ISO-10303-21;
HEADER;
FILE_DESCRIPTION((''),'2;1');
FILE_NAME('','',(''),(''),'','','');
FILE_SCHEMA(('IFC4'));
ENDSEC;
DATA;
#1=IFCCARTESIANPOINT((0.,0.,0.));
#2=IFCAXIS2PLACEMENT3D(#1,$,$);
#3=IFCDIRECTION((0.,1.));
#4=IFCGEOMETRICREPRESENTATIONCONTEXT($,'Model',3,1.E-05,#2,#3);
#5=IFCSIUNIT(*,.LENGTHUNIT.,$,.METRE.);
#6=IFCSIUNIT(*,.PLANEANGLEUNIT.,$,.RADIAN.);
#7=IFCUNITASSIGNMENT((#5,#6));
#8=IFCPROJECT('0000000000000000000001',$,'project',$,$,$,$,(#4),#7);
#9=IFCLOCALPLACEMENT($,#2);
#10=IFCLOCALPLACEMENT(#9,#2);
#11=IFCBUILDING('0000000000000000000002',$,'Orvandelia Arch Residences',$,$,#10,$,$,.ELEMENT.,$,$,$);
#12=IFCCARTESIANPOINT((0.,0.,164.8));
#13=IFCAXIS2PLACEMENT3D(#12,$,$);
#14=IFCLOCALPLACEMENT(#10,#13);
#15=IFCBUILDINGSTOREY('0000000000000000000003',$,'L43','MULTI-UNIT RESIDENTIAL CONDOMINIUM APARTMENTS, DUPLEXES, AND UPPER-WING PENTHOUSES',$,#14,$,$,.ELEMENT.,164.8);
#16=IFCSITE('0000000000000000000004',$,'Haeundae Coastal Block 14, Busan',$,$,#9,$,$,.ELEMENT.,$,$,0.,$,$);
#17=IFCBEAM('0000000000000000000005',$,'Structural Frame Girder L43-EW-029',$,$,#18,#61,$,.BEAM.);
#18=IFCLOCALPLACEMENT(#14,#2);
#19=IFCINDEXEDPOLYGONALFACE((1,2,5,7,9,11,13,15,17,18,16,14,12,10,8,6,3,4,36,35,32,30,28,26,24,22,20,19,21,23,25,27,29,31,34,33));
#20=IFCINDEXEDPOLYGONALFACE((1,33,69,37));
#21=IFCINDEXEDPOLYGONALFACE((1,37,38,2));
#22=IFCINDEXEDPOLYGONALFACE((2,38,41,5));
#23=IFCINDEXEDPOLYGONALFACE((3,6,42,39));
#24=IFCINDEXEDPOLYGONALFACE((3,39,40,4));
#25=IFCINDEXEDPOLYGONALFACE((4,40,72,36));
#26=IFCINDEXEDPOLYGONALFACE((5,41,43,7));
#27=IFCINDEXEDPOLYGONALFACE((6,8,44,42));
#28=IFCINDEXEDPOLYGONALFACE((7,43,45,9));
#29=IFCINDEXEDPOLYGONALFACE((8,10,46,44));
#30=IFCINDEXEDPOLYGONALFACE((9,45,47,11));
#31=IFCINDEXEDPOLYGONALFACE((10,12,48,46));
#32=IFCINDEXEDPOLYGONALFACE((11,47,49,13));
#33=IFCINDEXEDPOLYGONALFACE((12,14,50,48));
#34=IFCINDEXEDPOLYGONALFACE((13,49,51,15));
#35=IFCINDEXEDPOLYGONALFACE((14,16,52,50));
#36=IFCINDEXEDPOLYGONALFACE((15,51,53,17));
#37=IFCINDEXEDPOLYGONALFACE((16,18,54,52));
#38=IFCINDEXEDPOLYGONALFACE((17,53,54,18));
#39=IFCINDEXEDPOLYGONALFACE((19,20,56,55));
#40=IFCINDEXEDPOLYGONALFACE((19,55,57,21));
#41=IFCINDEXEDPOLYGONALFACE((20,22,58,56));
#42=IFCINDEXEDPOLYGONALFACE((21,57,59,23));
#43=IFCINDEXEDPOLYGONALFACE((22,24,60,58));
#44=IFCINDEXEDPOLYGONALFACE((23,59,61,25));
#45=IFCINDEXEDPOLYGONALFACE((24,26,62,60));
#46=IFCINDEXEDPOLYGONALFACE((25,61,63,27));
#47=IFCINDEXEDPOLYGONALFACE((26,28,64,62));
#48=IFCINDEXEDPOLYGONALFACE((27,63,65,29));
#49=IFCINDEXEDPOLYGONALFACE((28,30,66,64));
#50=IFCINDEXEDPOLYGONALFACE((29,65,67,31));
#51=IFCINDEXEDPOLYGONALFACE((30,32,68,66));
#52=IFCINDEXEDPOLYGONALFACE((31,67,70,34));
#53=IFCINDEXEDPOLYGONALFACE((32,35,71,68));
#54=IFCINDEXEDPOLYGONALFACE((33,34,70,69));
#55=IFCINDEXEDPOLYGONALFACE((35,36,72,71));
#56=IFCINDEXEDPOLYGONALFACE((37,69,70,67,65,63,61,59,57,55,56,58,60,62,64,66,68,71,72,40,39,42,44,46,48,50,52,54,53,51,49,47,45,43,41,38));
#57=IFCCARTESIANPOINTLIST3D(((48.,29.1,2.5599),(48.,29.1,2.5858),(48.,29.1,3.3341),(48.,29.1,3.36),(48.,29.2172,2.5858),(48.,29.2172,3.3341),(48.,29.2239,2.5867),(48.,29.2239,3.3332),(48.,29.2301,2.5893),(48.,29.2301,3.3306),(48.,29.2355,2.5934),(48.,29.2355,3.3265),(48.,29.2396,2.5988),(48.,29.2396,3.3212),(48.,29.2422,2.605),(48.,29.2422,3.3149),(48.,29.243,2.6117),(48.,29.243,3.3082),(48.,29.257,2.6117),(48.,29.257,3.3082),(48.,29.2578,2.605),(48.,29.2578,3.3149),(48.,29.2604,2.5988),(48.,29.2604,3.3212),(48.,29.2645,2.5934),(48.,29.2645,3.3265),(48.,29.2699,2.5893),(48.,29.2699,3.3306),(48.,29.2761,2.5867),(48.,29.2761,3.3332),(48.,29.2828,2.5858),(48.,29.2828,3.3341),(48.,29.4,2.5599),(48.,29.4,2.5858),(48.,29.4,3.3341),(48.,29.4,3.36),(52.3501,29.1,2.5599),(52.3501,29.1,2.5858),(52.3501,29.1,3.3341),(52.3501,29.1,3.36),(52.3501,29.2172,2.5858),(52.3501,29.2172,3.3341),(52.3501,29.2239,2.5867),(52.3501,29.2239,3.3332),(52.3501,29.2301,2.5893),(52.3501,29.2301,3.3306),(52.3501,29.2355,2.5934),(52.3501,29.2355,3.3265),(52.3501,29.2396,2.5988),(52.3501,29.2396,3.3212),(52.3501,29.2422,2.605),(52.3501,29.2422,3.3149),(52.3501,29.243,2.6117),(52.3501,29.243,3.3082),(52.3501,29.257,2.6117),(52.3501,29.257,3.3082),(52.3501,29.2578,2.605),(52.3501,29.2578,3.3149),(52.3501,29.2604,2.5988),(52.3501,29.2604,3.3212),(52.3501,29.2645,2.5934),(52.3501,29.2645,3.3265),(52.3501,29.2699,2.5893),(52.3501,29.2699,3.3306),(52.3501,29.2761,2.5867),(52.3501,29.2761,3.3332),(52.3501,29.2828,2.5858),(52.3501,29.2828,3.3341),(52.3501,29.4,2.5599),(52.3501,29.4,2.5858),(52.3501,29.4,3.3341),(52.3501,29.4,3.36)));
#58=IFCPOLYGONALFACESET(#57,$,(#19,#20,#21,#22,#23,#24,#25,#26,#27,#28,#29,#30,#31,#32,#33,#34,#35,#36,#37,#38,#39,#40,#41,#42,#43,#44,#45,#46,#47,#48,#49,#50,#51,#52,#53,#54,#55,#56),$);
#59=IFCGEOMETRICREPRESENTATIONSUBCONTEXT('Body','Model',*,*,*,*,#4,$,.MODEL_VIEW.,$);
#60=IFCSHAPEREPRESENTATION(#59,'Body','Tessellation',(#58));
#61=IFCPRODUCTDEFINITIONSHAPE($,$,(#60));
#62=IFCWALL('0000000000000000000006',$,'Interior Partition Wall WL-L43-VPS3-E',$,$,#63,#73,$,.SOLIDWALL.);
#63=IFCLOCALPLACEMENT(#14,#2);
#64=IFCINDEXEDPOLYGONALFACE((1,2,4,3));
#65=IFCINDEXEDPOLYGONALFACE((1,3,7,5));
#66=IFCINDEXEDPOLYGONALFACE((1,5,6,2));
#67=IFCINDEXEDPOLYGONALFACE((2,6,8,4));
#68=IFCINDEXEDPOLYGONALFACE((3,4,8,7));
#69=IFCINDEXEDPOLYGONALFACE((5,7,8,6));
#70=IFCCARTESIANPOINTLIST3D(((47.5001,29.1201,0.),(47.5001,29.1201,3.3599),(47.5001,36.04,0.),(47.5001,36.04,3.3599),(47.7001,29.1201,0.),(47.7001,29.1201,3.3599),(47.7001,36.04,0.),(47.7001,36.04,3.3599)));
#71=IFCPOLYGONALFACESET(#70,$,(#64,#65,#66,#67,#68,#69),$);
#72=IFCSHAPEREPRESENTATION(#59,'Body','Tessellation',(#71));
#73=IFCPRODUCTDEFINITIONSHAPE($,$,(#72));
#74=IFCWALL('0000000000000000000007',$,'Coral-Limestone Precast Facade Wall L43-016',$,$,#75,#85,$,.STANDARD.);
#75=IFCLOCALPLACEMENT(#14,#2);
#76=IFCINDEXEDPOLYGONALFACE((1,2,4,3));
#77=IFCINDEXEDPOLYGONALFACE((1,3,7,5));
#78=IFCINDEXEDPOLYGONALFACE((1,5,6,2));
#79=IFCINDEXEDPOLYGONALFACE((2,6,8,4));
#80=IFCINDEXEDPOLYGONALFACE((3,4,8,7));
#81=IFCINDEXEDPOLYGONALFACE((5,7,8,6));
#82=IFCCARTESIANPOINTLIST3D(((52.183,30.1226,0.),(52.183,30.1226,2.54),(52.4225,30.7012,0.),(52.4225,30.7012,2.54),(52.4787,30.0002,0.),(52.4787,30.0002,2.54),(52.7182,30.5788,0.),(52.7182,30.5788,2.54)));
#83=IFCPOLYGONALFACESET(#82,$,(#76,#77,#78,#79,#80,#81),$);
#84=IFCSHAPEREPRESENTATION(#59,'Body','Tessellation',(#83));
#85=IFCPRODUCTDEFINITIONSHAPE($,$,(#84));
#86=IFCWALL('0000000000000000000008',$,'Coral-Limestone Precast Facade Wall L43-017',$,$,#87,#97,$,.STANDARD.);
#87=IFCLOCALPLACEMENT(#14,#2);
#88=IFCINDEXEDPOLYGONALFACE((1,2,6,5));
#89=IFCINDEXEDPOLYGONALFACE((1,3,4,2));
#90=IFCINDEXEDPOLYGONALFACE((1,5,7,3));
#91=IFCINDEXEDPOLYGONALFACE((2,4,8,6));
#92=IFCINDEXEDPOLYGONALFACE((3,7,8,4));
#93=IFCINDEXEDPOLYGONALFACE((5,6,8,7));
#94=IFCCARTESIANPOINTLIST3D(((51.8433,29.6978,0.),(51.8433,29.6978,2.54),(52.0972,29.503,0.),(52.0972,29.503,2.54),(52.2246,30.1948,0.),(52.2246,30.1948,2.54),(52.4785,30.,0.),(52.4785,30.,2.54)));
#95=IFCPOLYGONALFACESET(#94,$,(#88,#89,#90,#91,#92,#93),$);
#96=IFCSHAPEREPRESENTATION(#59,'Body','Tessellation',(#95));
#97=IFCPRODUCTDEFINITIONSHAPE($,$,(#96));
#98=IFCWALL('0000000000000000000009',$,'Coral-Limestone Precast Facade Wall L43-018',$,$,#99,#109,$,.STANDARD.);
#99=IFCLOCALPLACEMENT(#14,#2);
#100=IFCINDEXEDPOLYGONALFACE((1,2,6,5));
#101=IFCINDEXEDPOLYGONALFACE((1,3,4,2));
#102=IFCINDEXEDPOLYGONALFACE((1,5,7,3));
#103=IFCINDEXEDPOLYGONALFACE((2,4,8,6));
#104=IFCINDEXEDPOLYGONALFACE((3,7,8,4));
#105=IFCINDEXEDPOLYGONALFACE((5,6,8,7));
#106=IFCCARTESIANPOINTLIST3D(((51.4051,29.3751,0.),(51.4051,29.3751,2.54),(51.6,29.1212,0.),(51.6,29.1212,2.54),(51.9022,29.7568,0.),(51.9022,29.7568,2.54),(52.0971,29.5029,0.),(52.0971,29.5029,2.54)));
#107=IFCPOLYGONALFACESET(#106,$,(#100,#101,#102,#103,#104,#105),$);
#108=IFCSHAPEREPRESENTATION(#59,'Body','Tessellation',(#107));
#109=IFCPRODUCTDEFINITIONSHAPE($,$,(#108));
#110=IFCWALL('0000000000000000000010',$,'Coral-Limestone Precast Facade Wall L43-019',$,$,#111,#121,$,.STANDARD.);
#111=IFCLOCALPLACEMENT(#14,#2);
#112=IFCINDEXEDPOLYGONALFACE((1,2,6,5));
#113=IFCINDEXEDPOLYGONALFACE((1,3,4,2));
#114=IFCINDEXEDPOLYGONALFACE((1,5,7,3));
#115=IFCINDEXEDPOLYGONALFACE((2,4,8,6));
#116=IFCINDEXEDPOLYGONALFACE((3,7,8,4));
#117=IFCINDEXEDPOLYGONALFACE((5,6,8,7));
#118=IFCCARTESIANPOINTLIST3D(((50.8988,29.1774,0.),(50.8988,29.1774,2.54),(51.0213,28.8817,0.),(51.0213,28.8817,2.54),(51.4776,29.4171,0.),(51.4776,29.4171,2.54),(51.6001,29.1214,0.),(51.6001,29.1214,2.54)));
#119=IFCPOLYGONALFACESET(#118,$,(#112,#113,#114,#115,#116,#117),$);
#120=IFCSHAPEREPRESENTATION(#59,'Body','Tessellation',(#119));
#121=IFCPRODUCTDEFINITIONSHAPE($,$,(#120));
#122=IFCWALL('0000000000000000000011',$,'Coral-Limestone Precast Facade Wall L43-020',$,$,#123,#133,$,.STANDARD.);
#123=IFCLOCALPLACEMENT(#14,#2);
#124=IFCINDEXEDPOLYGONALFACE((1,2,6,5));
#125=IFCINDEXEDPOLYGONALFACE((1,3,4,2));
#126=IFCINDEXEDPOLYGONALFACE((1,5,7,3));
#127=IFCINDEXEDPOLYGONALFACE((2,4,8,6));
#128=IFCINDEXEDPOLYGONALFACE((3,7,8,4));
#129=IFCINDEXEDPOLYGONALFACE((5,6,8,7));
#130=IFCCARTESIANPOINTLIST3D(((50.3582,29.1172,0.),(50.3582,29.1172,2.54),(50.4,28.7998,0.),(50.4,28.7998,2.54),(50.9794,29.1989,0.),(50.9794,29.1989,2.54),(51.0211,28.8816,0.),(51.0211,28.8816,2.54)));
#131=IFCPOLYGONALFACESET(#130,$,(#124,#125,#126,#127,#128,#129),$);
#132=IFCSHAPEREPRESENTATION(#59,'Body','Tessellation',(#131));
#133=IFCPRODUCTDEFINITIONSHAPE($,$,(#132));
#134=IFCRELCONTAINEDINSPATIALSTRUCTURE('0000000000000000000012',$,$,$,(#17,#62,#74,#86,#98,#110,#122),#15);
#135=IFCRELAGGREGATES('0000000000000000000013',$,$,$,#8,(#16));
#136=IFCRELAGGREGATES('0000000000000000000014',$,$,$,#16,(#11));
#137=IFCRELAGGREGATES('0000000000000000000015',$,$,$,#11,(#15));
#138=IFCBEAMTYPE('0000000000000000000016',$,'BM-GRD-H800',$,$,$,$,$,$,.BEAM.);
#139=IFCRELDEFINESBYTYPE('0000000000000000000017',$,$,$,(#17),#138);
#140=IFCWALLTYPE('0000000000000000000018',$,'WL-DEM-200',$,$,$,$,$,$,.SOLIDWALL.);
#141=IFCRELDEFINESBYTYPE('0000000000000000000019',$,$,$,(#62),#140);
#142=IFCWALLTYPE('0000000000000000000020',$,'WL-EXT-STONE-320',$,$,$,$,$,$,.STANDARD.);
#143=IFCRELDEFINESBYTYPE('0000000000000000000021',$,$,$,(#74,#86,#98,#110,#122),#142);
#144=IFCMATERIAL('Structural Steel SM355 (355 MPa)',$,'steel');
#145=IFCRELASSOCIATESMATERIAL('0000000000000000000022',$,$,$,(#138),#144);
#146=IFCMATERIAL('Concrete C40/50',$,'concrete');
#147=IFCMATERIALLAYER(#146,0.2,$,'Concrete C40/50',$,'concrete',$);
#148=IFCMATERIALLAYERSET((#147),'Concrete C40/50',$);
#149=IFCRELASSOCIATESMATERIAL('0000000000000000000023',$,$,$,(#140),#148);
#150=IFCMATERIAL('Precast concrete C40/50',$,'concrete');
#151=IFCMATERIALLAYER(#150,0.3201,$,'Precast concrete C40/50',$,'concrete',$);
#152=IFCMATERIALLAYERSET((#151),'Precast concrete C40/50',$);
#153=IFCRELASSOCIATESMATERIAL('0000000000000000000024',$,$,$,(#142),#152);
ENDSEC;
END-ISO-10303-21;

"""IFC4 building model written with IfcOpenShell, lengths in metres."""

from ifc_helpers import new_model, si_unit, direction, frame, frame_2d, origin, origin_2d, place, context, subcontext, project, spatial, rectangle, i_section, extrude, material, layer, layer_set, material_profile, profile_set, type_object, element, save


model = new_model("IFC4")

# Units and contexts
model_context = context("Model", 3, precision=1e-05, world=origin(), true_north=direction((0.0, 1.0)))
body_context = subcontext(model_context, "Body", "Model", "MODEL_VIEW")
ifc_project = project(units=[si_unit("LENGTHUNIT", "METRE"), si_unit("PLANEANGLEUNIT", "RADIAN")], contexts=[model_context])

# Site, building, storey
site_placement = place(None, origin())
site = spatial("IfcSite", under=ifc_project, at=site_placement, Name="Haeundae Coastal Block 14, Busan", CompositionType="ELEMENT", RefElevation=0.0)
building_placement = place(site_placement, origin())
building = spatial("IfcBuilding", under=site, at=building_placement, Name="Orvandelia Arch Residences", CompositionType="ELEMENT")
storey_placement = place(building_placement, frame((0.0, 0.0, 164.8)))
storey = spatial("IfcBuildingStorey", under=building, at=storey_placement, Name="L43", Description="MULTI-UNIT RESIDENTIAL CONDOMINIUM APARTMENTS, DUPLEXES, AND UPPER-WING PENTHOUSES", CompositionType="ELEMENT", Elevation=164.8)

# Beam
ifc_material_1 = material(Name="Structural Steel SM355 (355 MPa)", Category="steel")
ifc_material_profile_1 = material_profile(ifc_material_1, i_section(OverallWidth=0.3, OverallDepth=0.8, WebThickness=0.0139, FlangeThickness=0.0259, FilletRadius=0.0259, at=origin_2d()), Name="Structural Steel SM355 (355 MPa)", Category="steel")
ifc_profile_set_1 = profile_set([ifc_material_profile_1], Name="Structural Steel SM355 (355 MPa)")
beam_type = type_object("IfcBeamType", Name="BM-GRD-H800", PredefinedType="BEAM", material=ifc_profile_set_1)
beam_1_placement = place(storey_placement, frame((48.0, 29.25, 2.96), z_axis=(1.0, 0.0, 0.0), x_axis=(0.0, 1.0, 0.0)))
element("IfcBeam", 1, at=beam_1_placement, inside=storey, type_object=beam_type, Name="Structural Frame Girder L43-EW-029", PredefinedType="BEAM", context=body_context, shape_type="SweptSolid", body=[
    extrude(i_section(OverallWidth=0.3, OverallDepth=0.8, WebThickness=0.0139, FlangeThickness=0.0259, FilletRadius=0.0259, at=origin_2d()), origin(), (0.0, 0.0, 1.0), 4.3501),
])

# Walls
ifc_material_2 = material(Name="Concrete C40/50", Category="concrete")
ifc_layer_1 = layer(ifc_material_2, 0.2, Name="Concrete C40/50", Category="concrete")
ifc_layer_set_1 = layer_set([ifc_layer_1], Name="Concrete C40/50")
wall_type_1 = type_object("IfcWallType", Name="WL-DEM-200", PredefinedType="SOLIDWALL", material=ifc_layer_set_1)
wall_1_placement = place(storey_placement, frame((47.6001, 29.1201, 0.0), z_axis=(0.0, 0.0, 1.0), x_axis=(0.0, 1.0, 0.0)))
element("IfcWall", 2, at=wall_1_placement, inside=storey, type_object=wall_type_1, Name="Interior Partition Wall WL-L43-VPS3-E", PredefinedType="SOLIDWALL", context=body_context, shape_type="SweptSolid", body=[
    extrude(rectangle(XDim=6.9199, YDim=0.2, at=frame_2d((3.46, 0.0))), origin(), (0.0, 0.0, 1.0), 3.3599),
])
ifc_material_3 = material(Name="Precast concrete C40/50", Category="concrete")
ifc_layer_2 = layer(ifc_material_3, 0.3201, Name="Precast concrete C40/50", Category="concrete")
ifc_layer_set_2 = layer_set([ifc_layer_2], Name="Precast concrete C40/50")
wall_type_2 = type_object("IfcWallType", Name="WL-EXT-STONE-320", PredefinedType="STANDARD", material=ifc_layer_set_2)
wall_2_placement = place(storey_placement, frame((52.5703, 30.6399, 0.0), z_axis=(0.0, 0.0, 1.0), x_axis=(-0.382455, -0.923974, 0.0)))
element("IfcWall", 3, at=wall_2_placement, inside=storey, type_object=wall_type_2, Name="Coral-Limestone Precast Facade Wall L43-016", PredefinedType="STANDARD", context=body_context, shape_type="SweptSolid", body=[
    extrude(rectangle(XDim=0.6262, YDim=0.3201, at=frame_2d((0.313, 0.0))), origin(), (0.0, 0.0, 1.0), 2.54),
])
wall_3_placement = place(storey_placement, frame((52.3516, 30.0974, 0.0), z_axis=(0.0, 0.0, 1.0), x_axis=(-0.608693, -0.793406, 0.0)))
element("IfcWall", 4, at=wall_3_placement, inside=storey, type_object=wall_type_2, Name="Coral-Limestone Precast Facade Wall L43-017", PredefinedType="STANDARD", context=body_context, shape_type="SweptSolid", body=[
    extrude(rectangle(XDim=0.6265, YDim=0.3201, at=frame_2d((0.3132, 0.0))), origin(), (0.0, 0.0, 1.0), 2.54),
])
wall_4_placement = place(storey_placement, frame((51.9998, 29.6299, 0.0), z_axis=(0.0, 0.0, 1.0), x_axis=(-0.793217, -0.608939, 0.0)))
element("IfcWall", 5, at=wall_4_placement, inside=storey, type_object=wall_type_2, Name="Coral-Limestone Precast Facade Wall L43-018", PredefinedType="STANDARD", context=body_context, shape_type="SweptSolid", body=[
    extrude(rectangle(XDim=0.6267, YDim=0.3201, at=frame_2d((0.3135, 0.0))), origin(), (0.0, 0.0, 1.0), 2.54),
])
for number, where, z_axis, x_axis, name in (
    (6, (51.5388, 29.2693, 0.0), (0.0, 0.0, 1.0), (-0.923893, -0.38265, 0.0), "Coral-Limestone Precast Facade Wall L43-019"),
    (7, (51.0002, 29.0403, 0.0), (0.0, 0.0, 1.0), (-0.991441, -0.130555, 0.0), "Coral-Limestone Precast Facade Wall L43-020"),
):
    element("IfcWall", number, at=place(storey_placement, frame(where, z_axis=z_axis, x_axis=x_axis)), inside=storey, type_object=wall_type_2, Name=name, PredefinedType="STANDARD", context=body_context, shape_type="SweptSolid", body=[
        extrude(rectangle(XDim=0.6265, YDim=0.3201, at=frame_2d((0.3132, 0.0))), origin(), (0.0, 0.0, 1.0), 2.54),
    ])

save(model, "model.ifc")
